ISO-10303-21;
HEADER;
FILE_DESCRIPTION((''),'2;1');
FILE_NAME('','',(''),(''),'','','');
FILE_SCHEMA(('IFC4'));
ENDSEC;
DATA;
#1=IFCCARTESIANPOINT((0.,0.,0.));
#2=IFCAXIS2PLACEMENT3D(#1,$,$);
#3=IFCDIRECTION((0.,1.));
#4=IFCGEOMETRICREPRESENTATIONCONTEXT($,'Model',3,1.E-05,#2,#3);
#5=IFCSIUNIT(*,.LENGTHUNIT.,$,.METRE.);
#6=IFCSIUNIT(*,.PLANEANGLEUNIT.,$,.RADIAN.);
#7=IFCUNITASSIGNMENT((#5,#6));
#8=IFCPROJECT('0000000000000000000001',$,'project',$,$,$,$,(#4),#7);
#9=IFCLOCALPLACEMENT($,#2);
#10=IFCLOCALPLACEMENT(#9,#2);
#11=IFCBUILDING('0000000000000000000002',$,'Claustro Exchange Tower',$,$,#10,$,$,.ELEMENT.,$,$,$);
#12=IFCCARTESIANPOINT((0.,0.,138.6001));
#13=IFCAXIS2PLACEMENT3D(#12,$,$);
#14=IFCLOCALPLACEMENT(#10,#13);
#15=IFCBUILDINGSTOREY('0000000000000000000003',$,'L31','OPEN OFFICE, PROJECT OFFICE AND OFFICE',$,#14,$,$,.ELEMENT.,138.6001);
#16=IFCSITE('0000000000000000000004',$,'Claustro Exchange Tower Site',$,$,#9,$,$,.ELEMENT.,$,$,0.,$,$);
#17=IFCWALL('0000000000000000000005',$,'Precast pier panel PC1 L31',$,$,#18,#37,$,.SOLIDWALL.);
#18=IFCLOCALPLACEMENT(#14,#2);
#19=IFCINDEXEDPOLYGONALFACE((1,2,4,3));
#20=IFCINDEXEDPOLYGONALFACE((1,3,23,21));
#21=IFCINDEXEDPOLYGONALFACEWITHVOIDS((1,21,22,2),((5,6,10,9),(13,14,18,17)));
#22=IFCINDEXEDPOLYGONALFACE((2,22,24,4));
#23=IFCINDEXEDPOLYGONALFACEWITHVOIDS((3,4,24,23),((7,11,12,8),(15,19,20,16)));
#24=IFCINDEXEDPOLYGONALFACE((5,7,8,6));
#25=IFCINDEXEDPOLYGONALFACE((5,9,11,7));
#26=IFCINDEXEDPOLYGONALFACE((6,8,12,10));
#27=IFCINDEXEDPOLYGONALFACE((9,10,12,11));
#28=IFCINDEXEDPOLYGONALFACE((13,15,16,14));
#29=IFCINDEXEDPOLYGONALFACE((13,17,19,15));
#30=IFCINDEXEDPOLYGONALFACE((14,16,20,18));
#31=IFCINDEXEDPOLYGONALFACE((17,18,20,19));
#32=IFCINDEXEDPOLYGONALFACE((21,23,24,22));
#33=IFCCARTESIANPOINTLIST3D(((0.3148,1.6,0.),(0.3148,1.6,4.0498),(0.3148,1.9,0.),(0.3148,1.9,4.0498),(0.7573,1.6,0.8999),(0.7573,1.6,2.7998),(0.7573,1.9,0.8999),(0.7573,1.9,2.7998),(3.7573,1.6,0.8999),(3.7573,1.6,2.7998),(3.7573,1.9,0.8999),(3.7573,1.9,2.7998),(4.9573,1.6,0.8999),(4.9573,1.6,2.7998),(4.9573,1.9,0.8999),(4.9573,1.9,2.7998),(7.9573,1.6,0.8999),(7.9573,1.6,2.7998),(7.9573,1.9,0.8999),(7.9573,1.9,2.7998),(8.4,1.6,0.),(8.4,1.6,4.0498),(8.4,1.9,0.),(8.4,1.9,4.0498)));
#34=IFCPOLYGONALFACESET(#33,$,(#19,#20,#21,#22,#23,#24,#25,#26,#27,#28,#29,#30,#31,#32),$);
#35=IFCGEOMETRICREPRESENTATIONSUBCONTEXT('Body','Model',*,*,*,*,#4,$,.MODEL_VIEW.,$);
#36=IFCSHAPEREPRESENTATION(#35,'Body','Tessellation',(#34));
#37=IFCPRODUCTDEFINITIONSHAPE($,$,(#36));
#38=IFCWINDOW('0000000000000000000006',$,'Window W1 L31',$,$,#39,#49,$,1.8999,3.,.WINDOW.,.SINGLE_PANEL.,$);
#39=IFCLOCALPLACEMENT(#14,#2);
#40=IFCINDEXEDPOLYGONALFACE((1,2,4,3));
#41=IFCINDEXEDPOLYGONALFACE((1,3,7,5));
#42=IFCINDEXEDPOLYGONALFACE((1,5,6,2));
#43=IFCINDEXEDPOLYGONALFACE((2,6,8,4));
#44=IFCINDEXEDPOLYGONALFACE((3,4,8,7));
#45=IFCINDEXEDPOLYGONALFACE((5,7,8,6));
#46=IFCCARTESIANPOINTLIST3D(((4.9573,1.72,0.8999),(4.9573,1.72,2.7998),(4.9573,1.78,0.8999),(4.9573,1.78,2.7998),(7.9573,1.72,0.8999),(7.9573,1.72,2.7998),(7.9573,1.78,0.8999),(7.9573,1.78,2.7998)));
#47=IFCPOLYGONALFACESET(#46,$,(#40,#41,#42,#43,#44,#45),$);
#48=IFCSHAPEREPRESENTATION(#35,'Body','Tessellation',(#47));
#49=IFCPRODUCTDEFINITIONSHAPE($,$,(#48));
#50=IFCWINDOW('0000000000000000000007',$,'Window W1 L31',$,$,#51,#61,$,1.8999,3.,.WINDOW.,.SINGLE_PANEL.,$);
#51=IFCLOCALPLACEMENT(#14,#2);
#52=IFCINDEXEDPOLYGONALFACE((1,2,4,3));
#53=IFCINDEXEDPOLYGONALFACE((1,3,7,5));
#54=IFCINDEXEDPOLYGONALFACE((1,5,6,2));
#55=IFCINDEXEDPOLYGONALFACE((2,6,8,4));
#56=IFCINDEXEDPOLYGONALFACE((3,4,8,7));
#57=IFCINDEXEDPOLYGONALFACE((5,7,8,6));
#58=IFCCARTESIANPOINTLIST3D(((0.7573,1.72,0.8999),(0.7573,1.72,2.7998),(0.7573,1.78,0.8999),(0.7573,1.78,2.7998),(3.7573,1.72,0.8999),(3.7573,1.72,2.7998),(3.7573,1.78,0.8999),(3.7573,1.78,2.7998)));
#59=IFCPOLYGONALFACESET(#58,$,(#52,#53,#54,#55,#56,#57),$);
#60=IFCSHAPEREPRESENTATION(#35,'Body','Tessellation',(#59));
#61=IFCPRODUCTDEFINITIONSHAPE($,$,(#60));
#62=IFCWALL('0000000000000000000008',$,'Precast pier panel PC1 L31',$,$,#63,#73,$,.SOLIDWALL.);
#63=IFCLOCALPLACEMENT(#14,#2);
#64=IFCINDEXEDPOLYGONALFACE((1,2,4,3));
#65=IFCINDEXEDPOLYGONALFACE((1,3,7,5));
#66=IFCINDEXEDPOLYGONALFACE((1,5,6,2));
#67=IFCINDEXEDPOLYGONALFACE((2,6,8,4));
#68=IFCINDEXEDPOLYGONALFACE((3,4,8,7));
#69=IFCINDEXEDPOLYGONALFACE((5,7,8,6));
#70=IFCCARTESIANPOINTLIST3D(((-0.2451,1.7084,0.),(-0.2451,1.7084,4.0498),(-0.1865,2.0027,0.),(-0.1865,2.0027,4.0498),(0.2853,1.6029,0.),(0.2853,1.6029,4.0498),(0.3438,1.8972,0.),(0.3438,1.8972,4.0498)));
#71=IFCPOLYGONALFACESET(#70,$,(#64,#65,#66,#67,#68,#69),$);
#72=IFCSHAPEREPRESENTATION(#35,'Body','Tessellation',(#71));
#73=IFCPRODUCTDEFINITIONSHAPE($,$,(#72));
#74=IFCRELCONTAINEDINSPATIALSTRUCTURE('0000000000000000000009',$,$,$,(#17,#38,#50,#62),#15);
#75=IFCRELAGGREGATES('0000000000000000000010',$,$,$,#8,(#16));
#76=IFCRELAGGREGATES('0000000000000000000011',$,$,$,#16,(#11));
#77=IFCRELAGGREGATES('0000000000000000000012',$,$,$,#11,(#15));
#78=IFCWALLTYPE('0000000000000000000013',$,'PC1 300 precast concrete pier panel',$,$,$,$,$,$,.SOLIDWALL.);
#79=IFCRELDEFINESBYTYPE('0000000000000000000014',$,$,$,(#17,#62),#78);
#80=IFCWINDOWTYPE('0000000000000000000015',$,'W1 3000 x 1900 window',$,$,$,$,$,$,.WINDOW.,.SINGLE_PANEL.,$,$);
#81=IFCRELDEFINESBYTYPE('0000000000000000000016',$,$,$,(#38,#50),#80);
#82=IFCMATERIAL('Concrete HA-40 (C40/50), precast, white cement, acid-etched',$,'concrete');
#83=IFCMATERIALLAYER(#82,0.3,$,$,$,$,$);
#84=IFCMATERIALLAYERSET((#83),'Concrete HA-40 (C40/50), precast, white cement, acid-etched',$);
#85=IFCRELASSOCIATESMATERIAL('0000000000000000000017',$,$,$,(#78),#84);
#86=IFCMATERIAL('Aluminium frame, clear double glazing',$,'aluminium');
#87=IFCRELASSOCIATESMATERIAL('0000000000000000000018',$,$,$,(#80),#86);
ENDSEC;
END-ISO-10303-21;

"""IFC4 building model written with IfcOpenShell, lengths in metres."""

from ifc_helpers import new_model, si_unit, direction, frame, frame_2d, origin, place, context, subcontext, project, spatial, rectangle, extrude, material, layer, layer_set, type_object, element, fill, save


model = new_model("IFC4")

# Units and contexts
model_context = context("Model", 3, precision=1e-05, world=origin(), true_north=direction((0.0, 1.0)))
body_context = subcontext(model_context, "Body", "Model", "MODEL_VIEW")
ifc_project = project(units=[si_unit("LENGTHUNIT", "METRE"), si_unit("PLANEANGLEUNIT", "RADIAN")], contexts=[model_context])

# Site, building, storey
site_placement = place(None, origin())
site = spatial("IfcSite", under=ifc_project, at=site_placement, Name="Claustro Exchange Tower Site", CompositionType="ELEMENT", RefElevation=0.0)
building_placement = place(site_placement, origin())
building = spatial("IfcBuilding", under=site, at=building_placement, Name="Claustro Exchange Tower", CompositionType="ELEMENT")
storey_placement = place(building_placement, frame((0.0, 0.0, 138.6001)))
storey = spatial("IfcBuildingStorey", under=building, at=storey_placement, Name="L31", Description="OPEN OFFICE, PROJECT OFFICE AND OFFICE", CompositionType="ELEMENT", Elevation=138.6001)

# Wall, openings, windows
ifc_material_1 = material(Name="Concrete HA-40 (C40/50), precast, white cement, acid-etched", Category="concrete")
ifc_layer_1 = layer(ifc_material_1, 0.3)
ifc_layer_set_1 = layer_set([ifc_layer_1], Name="Concrete HA-40 (C40/50), precast, white cement, acid-etched")
wall_type_1 = type_object("IfcWallType", Name="PC1 300 precast concrete pier panel", PredefinedType="SOLIDWALL", material=ifc_layer_set_1)
wall_1_placement = place(storey_placement, frame((8.3999, 1.75, 0.0), z_axis=(0.0, 0.0, 1.0), x_axis=(-1.0, 0.0, 0.0)))
wall_1 = element("IfcWall", 1, at=wall_1_placement, inside=storey, type_object=wall_type_1, Name="Precast pier panel PC1 L31", PredefinedType="SOLIDWALL", context=body_context, shape_type="SweptSolid", body=[
    extrude(rectangle(XDim=8.0852, YDim=0.3, at=frame_2d((4.0425, 0.0))), origin(), (0.0, 0.0, 1.0), 4.0498),
])
opening_1_placement = place(wall_1_placement, frame((0.4426, 0.0, 0.8999)))
opening_1 = element("IfcOpeningElement", 2, at=opening_1_placement, cuts=wall_1, PredefinedType="OPENING", context=body_context, shape_type="SweptSolid", body=[
    extrude(rectangle(XDim=3.0, YDim=1.8999, at=frame_2d((1.5, 0.95))), frame((0.0, 0.1599, 0.0), z_axis=(0.0, -1.0, 0.0), x_axis=(1.0, 0.0, 0.0)), (0.0, 0.0, 1.0), 0.3201),
])
opening_2_placement = place(wall_1_placement, frame((4.6426, 0.0, 0.8999)))
opening_2 = element("IfcOpeningElement", 3, at=opening_2_placement, cuts=wall_1, PredefinedType="OPENING", context=body_context, shape_type="SweptSolid", body=[
    extrude(rectangle(XDim=3.0, YDim=1.8999, at=frame_2d((1.5, 0.95))), frame((0.0, 0.1599, 0.0), z_axis=(0.0, -1.0, 0.0), x_axis=(1.0, 0.0, 0.0)), (0.0, 0.0, 1.0), 0.3201),
])
ifc_material_2 = material(Name="Aluminium frame, clear double glazing", Category="aluminium")
window_type = type_object("IfcWindowType", Name="W1 3000 x 1900 window", PartitioningType="SINGLE_PANEL", PredefinedType="WINDOW", material=ifc_material_2)
window_1_placement = place(opening_1_placement, origin())
window_1 = element("IfcWindow", 4, at=window_1_placement, inside=storey, type_object=window_type, Name="Window W1 L31", OverallHeight=1.8999, OverallWidth=3.0, PartitioningType="SINGLE_PANEL", PredefinedType="WINDOW", context=body_context, shape_type="SweptSolid", body=[
    extrude(rectangle(XDim=3.0, YDim=1.8999, at=frame_2d((1.5, 0.95))), frame((0.0, 0.03, 0.0), z_axis=(0.0, -1.0, 0.0), x_axis=(1.0, 0.0, 0.0)), (0.0, 0.0, 1.0), 0.0601),
])
fill(opening_1, window_1)
window_2_placement = place(opening_2_placement, origin())
window_2 = element("IfcWindow", 5, at=window_2_placement, inside=storey, type_object=window_type, Name="Window W1 L31", OverallHeight=1.8999, OverallWidth=3.0, PartitioningType="SINGLE_PANEL", PredefinedType="WINDOW", context=body_context, shape_type="SweptSolid", body=[
    extrude(rectangle(XDim=3.0, YDim=1.8999, at=frame_2d((1.5, 0.95))), frame((0.0, 0.03, 0.0), z_axis=(0.0, -1.0, 0.0), x_axis=(1.0, 0.0, 0.0)), (0.0, 0.0, 1.0), 0.0601),
])
fill(opening_2, window_2)

# Wall
wall_2_placement = place(storey_placement, frame((0.3147, 1.75, 0.0), z_axis=(0.0, 0.0, 1.0), x_axis=(-0.980789, 0.195074, 0.0)))
element("IfcWall", 6, at=wall_2_placement, inside=storey, type_object=wall_type_1, Name="Precast pier panel PC1 L31", PredefinedType="SOLIDWALL", context=body_context, shape_type="SweptSolid", body=[
    extrude(rectangle(XDim=0.5408, YDim=0.3, at=frame_2d((0.2705, 0.0))), origin(), (0.0, 0.0, 1.0), 4.0498),
])

save(model, "model.ifc")
